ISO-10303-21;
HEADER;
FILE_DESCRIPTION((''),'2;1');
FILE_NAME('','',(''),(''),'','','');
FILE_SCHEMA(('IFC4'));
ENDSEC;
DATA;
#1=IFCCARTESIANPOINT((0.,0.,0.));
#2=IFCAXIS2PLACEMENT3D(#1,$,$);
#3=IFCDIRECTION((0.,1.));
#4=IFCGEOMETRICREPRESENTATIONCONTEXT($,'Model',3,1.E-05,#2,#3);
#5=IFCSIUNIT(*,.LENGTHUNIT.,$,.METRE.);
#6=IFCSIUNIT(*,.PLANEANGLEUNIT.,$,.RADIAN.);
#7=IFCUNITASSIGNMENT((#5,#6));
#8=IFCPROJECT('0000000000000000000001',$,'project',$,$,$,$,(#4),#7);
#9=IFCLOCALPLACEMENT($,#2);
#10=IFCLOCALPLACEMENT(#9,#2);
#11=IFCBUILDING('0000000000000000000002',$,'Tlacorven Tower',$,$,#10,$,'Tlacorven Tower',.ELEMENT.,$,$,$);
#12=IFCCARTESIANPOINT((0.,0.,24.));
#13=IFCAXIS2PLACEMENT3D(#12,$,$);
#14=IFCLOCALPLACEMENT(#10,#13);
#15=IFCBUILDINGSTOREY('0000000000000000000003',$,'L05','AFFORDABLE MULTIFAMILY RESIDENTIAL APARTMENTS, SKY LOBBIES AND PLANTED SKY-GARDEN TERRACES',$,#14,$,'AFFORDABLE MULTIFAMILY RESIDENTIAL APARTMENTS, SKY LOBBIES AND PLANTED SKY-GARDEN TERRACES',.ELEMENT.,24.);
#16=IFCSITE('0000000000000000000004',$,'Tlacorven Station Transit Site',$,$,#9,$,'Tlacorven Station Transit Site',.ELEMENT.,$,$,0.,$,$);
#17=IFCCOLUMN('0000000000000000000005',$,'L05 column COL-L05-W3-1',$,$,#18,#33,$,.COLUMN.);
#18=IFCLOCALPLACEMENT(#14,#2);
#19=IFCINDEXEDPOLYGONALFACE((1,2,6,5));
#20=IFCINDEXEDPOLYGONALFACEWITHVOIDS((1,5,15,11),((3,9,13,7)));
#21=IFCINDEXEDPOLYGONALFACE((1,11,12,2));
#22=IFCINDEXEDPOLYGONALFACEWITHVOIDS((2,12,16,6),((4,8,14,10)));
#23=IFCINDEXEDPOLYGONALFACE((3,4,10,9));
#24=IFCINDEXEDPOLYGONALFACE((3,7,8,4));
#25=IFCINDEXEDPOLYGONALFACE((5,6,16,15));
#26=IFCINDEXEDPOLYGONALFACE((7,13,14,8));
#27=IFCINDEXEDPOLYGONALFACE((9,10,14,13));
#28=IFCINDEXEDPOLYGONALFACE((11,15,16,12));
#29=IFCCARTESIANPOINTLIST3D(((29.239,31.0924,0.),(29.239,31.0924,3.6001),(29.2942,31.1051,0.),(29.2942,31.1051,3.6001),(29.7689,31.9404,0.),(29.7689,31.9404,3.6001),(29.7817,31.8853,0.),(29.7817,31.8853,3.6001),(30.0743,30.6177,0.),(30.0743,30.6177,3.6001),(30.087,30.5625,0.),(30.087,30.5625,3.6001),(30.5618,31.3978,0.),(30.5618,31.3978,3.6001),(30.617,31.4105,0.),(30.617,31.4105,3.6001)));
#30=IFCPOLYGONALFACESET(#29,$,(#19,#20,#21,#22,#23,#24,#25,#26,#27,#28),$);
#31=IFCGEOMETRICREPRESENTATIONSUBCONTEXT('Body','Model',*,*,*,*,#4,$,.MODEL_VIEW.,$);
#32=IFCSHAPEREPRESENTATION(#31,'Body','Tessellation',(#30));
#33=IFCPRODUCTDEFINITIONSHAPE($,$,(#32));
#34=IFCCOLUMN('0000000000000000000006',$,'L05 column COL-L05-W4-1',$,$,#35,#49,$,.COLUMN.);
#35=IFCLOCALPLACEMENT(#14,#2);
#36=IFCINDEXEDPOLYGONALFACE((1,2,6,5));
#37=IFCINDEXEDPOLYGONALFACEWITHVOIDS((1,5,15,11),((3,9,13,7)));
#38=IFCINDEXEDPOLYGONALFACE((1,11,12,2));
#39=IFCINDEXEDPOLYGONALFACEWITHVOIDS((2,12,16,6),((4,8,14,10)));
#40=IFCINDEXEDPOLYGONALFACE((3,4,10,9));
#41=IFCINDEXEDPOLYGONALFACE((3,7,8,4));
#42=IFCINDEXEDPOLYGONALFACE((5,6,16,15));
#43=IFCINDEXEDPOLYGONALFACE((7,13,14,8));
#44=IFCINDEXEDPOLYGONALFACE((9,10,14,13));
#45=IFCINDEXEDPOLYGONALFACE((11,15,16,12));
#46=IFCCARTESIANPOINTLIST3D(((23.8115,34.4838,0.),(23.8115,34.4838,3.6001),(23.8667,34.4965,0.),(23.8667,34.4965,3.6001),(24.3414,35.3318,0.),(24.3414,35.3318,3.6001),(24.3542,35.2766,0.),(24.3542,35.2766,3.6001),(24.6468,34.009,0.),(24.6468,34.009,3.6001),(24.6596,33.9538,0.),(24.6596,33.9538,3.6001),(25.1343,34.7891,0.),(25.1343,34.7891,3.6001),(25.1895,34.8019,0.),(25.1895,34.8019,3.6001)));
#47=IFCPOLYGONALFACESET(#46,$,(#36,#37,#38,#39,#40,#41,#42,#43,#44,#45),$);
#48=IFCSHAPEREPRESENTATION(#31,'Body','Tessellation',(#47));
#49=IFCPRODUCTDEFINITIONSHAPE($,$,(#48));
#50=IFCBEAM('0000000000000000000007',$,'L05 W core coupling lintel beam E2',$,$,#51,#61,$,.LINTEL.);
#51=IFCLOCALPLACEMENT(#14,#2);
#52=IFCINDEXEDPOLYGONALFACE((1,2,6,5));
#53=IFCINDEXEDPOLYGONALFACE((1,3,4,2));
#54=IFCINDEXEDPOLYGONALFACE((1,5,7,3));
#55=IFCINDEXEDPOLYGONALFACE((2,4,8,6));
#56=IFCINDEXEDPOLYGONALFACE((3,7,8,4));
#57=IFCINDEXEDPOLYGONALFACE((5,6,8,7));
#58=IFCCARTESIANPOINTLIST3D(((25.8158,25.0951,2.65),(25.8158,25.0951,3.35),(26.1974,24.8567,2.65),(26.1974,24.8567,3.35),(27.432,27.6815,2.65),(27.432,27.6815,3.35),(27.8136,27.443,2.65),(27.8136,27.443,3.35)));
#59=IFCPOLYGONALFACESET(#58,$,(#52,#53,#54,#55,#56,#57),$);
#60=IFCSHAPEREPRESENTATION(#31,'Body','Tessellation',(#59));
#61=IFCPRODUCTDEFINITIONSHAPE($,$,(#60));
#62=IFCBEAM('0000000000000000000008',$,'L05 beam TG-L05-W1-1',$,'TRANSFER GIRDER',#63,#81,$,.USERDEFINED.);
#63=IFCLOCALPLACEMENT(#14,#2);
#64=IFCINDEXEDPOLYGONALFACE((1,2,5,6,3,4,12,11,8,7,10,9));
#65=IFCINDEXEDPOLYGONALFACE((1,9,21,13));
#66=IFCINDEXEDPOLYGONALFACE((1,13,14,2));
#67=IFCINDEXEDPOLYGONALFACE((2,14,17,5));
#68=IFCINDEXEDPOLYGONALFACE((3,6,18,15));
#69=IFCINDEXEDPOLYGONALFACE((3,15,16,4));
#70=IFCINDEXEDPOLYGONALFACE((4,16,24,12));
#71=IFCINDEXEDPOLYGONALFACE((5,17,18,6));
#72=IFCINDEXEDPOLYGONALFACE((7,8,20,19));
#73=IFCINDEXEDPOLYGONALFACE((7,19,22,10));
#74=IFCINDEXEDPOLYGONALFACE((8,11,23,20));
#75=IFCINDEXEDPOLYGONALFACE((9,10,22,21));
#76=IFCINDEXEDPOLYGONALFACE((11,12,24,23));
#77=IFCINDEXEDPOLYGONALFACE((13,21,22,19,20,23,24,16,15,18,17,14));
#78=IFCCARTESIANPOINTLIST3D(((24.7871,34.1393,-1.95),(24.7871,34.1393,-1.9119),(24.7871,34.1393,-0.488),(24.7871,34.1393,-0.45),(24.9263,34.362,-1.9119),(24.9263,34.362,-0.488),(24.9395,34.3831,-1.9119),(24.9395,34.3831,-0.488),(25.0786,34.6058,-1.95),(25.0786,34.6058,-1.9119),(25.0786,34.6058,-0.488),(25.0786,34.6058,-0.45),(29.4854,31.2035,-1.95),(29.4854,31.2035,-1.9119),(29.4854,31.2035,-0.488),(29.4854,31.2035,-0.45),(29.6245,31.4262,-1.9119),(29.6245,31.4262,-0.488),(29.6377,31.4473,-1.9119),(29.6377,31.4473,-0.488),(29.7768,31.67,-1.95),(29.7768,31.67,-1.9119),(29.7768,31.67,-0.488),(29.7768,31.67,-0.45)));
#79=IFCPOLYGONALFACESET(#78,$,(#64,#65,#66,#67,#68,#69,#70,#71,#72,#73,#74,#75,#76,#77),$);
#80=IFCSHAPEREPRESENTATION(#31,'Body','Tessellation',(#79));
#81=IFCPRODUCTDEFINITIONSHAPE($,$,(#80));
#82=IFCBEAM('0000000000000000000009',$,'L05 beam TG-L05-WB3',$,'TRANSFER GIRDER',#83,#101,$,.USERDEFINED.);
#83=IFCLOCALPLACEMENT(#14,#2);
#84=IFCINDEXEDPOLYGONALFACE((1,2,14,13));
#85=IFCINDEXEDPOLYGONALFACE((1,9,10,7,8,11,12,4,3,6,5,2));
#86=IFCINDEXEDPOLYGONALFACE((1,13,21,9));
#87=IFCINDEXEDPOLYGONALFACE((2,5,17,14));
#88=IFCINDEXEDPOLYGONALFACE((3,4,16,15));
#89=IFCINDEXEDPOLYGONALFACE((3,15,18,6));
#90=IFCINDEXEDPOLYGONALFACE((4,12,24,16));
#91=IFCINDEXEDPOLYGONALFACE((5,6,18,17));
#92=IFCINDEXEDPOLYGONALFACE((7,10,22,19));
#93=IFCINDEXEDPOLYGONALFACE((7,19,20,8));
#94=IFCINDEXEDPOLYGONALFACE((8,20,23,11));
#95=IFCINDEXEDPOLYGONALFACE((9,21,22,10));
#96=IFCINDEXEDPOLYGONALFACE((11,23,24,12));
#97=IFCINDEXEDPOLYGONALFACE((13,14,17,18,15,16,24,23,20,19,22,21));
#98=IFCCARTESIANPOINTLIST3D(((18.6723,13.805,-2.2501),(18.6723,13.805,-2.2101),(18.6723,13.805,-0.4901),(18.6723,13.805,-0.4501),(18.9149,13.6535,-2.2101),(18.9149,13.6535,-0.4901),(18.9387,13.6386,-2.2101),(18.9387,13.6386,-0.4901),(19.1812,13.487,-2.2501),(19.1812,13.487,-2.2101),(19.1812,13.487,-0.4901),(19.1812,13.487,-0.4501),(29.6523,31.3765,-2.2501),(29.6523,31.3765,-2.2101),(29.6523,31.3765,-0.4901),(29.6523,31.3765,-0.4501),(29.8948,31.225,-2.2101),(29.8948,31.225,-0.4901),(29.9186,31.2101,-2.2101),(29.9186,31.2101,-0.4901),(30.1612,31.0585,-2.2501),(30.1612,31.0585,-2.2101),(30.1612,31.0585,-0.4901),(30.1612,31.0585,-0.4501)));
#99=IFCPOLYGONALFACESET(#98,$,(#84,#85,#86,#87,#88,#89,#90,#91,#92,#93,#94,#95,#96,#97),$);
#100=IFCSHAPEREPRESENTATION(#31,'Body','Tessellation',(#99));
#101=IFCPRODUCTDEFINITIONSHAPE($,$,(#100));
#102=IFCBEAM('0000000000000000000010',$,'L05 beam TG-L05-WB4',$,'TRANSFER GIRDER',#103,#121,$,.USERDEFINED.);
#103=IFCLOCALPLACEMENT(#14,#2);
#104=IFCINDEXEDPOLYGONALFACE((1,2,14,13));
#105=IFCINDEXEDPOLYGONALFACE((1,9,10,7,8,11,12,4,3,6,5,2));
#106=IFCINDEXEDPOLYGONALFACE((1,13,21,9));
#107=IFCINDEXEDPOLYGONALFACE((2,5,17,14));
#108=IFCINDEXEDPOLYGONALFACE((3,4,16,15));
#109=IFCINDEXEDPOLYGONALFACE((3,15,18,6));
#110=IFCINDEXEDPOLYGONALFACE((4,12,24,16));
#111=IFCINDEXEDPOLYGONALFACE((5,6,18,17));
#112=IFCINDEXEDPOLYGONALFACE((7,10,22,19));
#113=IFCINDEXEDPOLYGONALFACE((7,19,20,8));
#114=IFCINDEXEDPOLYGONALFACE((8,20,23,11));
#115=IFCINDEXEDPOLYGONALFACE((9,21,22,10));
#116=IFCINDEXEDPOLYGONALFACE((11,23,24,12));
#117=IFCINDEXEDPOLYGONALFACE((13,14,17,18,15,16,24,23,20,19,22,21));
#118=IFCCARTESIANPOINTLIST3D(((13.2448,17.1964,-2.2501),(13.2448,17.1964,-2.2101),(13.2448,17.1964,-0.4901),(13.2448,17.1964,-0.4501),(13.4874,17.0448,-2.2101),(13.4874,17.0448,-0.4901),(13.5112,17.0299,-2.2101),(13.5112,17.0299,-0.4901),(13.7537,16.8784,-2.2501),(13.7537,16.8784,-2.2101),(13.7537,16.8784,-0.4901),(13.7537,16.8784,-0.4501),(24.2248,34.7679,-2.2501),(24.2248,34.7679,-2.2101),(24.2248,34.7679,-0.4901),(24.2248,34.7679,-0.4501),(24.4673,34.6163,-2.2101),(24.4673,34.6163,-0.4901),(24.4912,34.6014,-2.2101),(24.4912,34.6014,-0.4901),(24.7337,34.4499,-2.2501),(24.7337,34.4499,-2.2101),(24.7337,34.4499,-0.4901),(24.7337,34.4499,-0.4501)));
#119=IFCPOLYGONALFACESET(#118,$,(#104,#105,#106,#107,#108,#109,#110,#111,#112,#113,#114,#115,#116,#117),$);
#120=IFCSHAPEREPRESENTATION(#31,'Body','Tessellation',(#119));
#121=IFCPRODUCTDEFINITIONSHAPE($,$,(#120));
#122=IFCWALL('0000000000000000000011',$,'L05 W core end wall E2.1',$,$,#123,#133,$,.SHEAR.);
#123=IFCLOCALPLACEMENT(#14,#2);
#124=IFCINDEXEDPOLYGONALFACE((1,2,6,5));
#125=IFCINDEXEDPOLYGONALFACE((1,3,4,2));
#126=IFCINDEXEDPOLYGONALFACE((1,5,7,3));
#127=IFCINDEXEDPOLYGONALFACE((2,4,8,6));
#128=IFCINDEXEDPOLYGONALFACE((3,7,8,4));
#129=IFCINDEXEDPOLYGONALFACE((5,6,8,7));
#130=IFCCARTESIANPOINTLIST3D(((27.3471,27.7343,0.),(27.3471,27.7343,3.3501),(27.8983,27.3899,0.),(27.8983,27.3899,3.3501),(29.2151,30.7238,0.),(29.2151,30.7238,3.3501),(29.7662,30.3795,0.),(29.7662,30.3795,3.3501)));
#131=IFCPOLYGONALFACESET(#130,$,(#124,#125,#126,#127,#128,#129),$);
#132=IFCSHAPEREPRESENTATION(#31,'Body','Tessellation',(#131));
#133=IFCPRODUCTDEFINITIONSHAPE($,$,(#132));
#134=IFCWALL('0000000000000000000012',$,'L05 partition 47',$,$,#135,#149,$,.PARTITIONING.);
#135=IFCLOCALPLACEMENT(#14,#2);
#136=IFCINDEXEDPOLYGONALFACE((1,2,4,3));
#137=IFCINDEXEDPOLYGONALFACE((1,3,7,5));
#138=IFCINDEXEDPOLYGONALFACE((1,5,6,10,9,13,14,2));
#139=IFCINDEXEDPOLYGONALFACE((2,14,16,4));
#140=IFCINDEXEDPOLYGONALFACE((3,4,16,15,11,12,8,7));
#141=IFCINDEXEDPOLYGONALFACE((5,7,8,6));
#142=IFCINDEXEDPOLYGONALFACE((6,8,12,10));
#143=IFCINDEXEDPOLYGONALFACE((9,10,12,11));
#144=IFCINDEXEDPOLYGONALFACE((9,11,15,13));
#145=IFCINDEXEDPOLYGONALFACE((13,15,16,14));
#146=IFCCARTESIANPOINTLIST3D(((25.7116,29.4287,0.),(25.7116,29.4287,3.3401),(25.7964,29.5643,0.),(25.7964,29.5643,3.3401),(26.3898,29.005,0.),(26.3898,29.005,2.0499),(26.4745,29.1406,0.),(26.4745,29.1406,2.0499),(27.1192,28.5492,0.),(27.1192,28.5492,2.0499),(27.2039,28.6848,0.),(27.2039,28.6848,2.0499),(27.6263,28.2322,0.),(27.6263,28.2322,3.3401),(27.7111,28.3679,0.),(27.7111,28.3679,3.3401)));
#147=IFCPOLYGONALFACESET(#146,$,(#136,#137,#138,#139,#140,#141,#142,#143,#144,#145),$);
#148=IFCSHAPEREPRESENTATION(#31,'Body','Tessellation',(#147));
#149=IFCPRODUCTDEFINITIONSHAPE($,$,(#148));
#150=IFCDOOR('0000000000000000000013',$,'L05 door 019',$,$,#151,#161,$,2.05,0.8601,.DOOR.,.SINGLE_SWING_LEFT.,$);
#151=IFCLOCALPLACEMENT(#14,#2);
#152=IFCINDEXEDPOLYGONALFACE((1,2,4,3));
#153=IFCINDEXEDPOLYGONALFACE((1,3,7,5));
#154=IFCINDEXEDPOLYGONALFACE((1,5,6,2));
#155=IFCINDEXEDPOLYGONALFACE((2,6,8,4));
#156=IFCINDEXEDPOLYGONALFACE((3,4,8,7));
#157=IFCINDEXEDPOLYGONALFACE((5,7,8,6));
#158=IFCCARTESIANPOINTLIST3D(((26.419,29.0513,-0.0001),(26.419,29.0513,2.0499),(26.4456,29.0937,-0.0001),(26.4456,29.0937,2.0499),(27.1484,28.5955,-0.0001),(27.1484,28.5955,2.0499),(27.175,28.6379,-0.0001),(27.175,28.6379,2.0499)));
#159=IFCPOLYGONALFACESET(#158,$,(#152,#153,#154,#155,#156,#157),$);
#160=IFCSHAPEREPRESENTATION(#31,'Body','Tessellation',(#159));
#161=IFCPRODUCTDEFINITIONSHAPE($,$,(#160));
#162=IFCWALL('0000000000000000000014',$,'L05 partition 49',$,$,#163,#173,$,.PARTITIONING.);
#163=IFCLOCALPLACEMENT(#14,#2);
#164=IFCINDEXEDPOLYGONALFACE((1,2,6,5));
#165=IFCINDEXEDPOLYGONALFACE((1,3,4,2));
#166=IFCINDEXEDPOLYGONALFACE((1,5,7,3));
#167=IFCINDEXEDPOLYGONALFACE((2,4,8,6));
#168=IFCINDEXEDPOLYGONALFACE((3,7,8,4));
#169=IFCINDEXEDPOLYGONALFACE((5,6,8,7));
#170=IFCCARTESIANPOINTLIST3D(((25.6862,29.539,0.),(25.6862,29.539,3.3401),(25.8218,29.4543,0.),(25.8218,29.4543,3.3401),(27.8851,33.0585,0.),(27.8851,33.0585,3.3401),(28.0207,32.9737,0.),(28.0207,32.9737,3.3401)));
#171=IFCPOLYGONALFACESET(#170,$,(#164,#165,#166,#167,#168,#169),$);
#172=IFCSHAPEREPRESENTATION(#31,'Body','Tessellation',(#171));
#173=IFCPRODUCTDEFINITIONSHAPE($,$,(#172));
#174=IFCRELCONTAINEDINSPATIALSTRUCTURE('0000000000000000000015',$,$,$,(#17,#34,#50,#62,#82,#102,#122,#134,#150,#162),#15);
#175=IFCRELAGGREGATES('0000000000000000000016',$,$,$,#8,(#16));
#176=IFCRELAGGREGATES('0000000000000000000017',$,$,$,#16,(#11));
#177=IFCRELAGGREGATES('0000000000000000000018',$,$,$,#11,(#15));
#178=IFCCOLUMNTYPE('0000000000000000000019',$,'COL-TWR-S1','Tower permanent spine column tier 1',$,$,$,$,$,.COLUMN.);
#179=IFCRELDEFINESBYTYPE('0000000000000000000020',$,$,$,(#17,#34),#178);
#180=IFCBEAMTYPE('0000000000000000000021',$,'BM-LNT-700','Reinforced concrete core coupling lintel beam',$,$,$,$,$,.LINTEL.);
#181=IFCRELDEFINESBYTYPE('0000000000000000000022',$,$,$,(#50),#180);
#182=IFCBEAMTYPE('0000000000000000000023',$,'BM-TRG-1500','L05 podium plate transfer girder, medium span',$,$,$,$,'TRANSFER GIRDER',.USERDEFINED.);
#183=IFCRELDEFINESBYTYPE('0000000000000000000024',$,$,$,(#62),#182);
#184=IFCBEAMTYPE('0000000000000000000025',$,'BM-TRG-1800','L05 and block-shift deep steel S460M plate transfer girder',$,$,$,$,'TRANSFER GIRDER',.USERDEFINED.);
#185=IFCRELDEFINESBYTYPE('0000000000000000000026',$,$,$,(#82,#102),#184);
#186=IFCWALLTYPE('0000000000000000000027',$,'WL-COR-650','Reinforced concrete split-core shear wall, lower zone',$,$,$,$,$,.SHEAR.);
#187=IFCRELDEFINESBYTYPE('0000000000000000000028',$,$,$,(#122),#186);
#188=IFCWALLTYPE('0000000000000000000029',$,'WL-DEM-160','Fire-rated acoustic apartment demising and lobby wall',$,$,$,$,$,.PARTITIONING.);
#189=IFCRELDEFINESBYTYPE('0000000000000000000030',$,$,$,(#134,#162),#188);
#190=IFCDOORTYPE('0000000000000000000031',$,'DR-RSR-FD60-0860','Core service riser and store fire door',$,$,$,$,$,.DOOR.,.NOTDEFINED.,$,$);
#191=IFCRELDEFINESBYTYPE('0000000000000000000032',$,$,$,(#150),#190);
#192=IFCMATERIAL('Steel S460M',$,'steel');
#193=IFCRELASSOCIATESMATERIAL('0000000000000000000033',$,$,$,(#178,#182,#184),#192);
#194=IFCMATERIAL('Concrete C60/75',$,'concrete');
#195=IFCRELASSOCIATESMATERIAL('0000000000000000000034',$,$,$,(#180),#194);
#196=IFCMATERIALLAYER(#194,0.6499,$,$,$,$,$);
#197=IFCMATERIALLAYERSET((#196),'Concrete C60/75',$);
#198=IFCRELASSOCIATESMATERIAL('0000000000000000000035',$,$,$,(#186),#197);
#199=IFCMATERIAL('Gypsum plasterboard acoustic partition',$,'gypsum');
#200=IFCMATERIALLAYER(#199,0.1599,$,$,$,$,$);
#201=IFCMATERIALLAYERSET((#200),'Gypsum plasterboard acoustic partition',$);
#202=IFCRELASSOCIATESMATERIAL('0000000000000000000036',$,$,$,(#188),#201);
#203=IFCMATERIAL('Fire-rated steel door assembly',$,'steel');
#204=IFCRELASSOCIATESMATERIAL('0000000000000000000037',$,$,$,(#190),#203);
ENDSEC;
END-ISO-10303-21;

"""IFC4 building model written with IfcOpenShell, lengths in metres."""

from ifc_helpers import new_model, si_unit, direction, frame, frame_2d, origin, origin_2d, place, context, subcontext, project, spatial, rectangle, hollow_rectangle, i_section, extrude, source, transform, mapped, material, layer, layer_set, material_profile, profile_set, type_object, element, fill, save


model = new_model("IFC4")

# Units and contexts
model_context = context("Model", 3, precision=1e-05, world=origin(), true_north=direction((0.0, 1.0)))
body_context = subcontext(model_context, "Body", "Model", "MODEL_VIEW")
ifc_project = project(units=[si_unit("LENGTHUNIT", "METRE"), si_unit("PLANEANGLEUNIT", "RADIAN")], contexts=[model_context])

# Site, building, storey
site_placement = place(None, origin())
site = spatial("IfcSite", under=ifc_project, at=site_placement, Name="Tlacorven Station Transit Site", LongName="Tlacorven Station Transit Site", CompositionType="ELEMENT", RefElevation=0.0)
building_placement = place(site_placement, origin())
building = spatial("IfcBuilding", under=site, at=building_placement, Name="Tlacorven Tower", LongName="Tlacorven Tower", CompositionType="ELEMENT")
storey_placement = place(building_placement, frame((0.0, 0.0, 24.0)))
storey = spatial("IfcBuildingStorey", under=building, at=storey_placement, Name="L05", Description="AFFORDABLE MULTIFAMILY RESIDENTIAL APARTMENTS, SKY LOBBIES AND PLANTED SKY-GARDEN TERRACES", LongName="AFFORDABLE MULTIFAMILY RESIDENTIAL APARTMENTS, SKY LOBBIES AND PLANTED SKY-GARDEN TERRACES", CompositionType="ELEMENT", Elevation=24.0)

# Columns
ifc_material_1 = material(Name="Steel S460M", Category="steel")
ifc_material_profile_1 = material_profile(ifc_material_1, hollow_rectangle(XDim=1.0, YDim=1.0, WallThickness=0.04, at=origin_2d()), Name="BOX 1000X1000X40")
ifc_profile_set_1 = profile_set([ifc_material_profile_1], Name="Steel S460M")
column_type = type_object("IfcColumnType", Name="COL-TWR-S1", Description="Tower permanent spine column tier 1", PredefinedType="COLUMN", material=ifc_profile_set_1)
shared_shape_1 = source(origin(), body_context, "Body", "SweptSolid", [
    extrude(hollow_rectangle(XDim=1.0, YDim=1.0, WallThickness=0.04, at=origin_2d()), origin(), (0.0, 0.0, 1.0), 3.6001),
])
for number, where, z_axis, x_axis, name in (
    (1, (29.928, 31.2515, 0.0), (0.0, 0.0, 1.0), (-0.848048, 0.529919, 0.0), "L05 column COL-L05-W3-1"),
    (2, (24.5005, 34.6428, 0.0), (0.0, 0.0, 1.0), (-0.848048, 0.529919, 0.0), "L05 column COL-L05-W4-1"),
):
    element("IfcColumn", number, at=place(storey_placement, frame(where, z_axis=z_axis, x_axis=x_axis)), inside=storey, type_object=column_type, Name=name, PredefinedType="COLUMN", context=body_context, shape_type="MappedRepresentation", body=[
        mapped(shared_shape_1, transform((0.0, 0.0, 0.0), scale=1.0)),
    ])

# Beams
ifc_material_2 = material(Name="Concrete C60/75", Category="concrete")
ifc_material_profile_2 = material_profile(ifc_material_2, rectangle(XDim=0.45, YDim=0.7, at=origin_2d()), Name="RC 450X700")
ifc_profile_set_2 = profile_set([ifc_material_profile_2], Name="Concrete C60/75")
beam_type_1 = type_object("IfcBeamType", Name="BM-LNT-700", Description="Reinforced concrete core coupling lintel beam", PredefinedType="LINTEL", material=ifc_profile_set_2)
shared_shape_2 = source(origin(), body_context, "Body", "SweptSolid", [
    extrude(rectangle(XDim=0.45, YDim=0.7, at=origin_2d()), origin(), (0.0, 0.0, 1.0), 3.0498),
])
beam_1_placement = place(storey_placement, frame((27.6228, 27.5623, 3.0), z_axis=(-0.529927, -0.848043, 0.0), x_axis=(0.848043, -0.529927, 0.0)))
element("IfcBeam", 3, at=beam_1_placement, inside=storey, type_object=beam_type_1, Name="L05 W core coupling lintel beam E2", PredefinedType="LINTEL", context=body_context, shape_type="MappedRepresentation", body=[
    mapped(shared_shape_2, transform((0.0, 0.0, 0.0), scale=1.0)),
])
ifc_material_profile_3 = material_profile(ifc_material_1, i_section(OverallWidth=0.55, OverallDepth=1.5, WebThickness=0.0249, FlangeThickness=0.0381, at=origin_2d()), Name="PG 1500X550X25X38")
ifc_profile_set_3 = profile_set([ifc_material_profile_3], Name="Steel S460M")
beam_type_2 = type_object("IfcBeamType", Name="BM-TRG-1500", Description="L05 podium plate transfer girder, medium span", ElementType="TRANSFER GIRDER", PredefinedType="USERDEFINED", material=ifc_profile_set_3)
shared_shape_3 = source(origin(), body_context, "Body", "SweptSolid", [
    extrude(i_section(OverallWidth=0.55, OverallDepth=1.5, WebThickness=0.0249, FlangeThickness=0.0381, at=origin_2d()), origin(), (0.0, 0.0, 1.0), 5.54),
])
beam_2_placement = place(storey_placement, frame((29.6311, 31.4368, -1.2), z_axis=(-0.848048, 0.52992, 0.0), x_axis=(-0.52992, -0.848048, 0.0)))
element("IfcBeam", 4, at=beam_2_placement, inside=storey, type_object=beam_type_2, Name="L05 beam TG-L05-W1-1", ObjectType="TRANSFER GIRDER", PredefinedType="USERDEFINED", context=body_context, shape_type="MappedRepresentation", body=[
    mapped(shared_shape_3, transform((0.0, 0.0, 0.0), scale=1.0)),
])
ifc_material_profile_4 = material_profile(ifc_material_1, i_section(OverallWidth=0.6001, OverallDepth=1.8, WebThickness=0.0281, FlangeThickness=0.04, at=origin_2d()), Name="PG 1800X600X28X40")
ifc_profile_set_4 = profile_set([ifc_material_profile_4], Name="Steel S460M")
beam_type_3 = type_object("IfcBeamType", Name="BM-TRG-1800", Description="L05 and block-shift deep steel S460M plate transfer girder", ElementType="TRANSFER GIRDER", PredefinedType="USERDEFINED", material=ifc_profile_set_4)
shared_shape_4 = source(origin(), body_context, "Body", "SweptSolid", [
    extrude(i_section(OverallWidth=0.6001, OverallDepth=1.8, WebThickness=0.0281, FlangeThickness=0.04, at=origin_2d()), origin(), (0.0, 0.0, 1.0), 20.72),
])
for number, where, z_axis, x_axis, name in (
    (5, (29.9067, 31.2175, -1.3501), (-0.529922, -0.848047, 0.0), (0.848047, -0.529922, 0.0), "L05 beam TG-L05-WB3"),
    (6, (24.4792, 34.6089, -1.3501), (-0.529922, -0.848047, 0.0), (0.848047, -0.529922, 0.0), "L05 beam TG-L05-WB4"),
):
    element("IfcBeam", number, at=place(storey_placement, frame(where, z_axis=z_axis, x_axis=x_axis)), inside=storey, type_object=beam_type_3, Name=name, ObjectType="TRANSFER GIRDER", PredefinedType="USERDEFINED", context=body_context, shape_type="MappedRepresentation", body=[
        mapped(shared_shape_4, transform((0.0, 0.0, 0.0), scale=1.0)),
    ])

# Wall
ifc_layer_1 = layer(ifc_material_2, 0.6499)
ifc_layer_set_1 = layer_set([ifc_layer_1], Name="Concrete C60/75")
wall_type_1 = type_object("IfcWallType", Name="WL-COR-650", Description="Reinforced concrete split-core shear wall, lower zone", PredefinedType="SHEAR", material=ifc_layer_set_1)
wall_1_placement = place(storey_placement, frame((29.4907, 30.5518, 0.0), z_axis=(0.0, 0.0, 1.0), x_axis=(-0.529893, -0.848064, 0.0)))
element("IfcWall", 7, at=wall_1_placement, inside=storey, type_object=wall_type_1, Name="L05 W core end wall E2.1", PredefinedType="SHEAR", context=body_context, shape_type="SweptSolid", body=[
    extrude(rectangle(XDim=3.5251, YDim=0.6499, at=frame_2d((1.7627, 0.0))), origin(), (0.0, 0.0, 1.0), 3.3501),
])

# Wall, opening, door
ifc_material_3 = material(Name="Gypsum plasterboard acoustic partition", Category="gypsum")
ifc_layer_2 = layer(ifc_material_3, 0.1599)
ifc_layer_set_2 = layer_set([ifc_layer_2], Name="Gypsum plasterboard acoustic partition")
wall_type_2 = type_object("IfcWallType", Name="WL-DEM-160", Description="Fire-rated acoustic apartment demising and lobby wall", PredefinedType="PARTITIONING", material=ifc_layer_set_2)
wall_2_placement = place(storey_placement, frame((27.6687, 28.3, 0.0), z_axis=(0.0, 0.0, 1.0), x_axis=(-0.848041, 0.529931, 0.0)))
wall_2 = element("IfcWall", 8, at=wall_2_placement, inside=storey, type_object=wall_type_2, Name="L05 partition 47", PredefinedType="PARTITIONING", context=body_context, shape_type="SweptSolid", body=[
    extrude(rectangle(XDim=2.2578, YDim=0.1599, at=frame_2d((1.1289, 0.0))), origin(), (0.0, 0.0, 1.0), 3.3401),
])
opening_1_placement = place(wall_2_placement, frame((0.5979, 0.0, 0.0)))
opening_1 = element("IfcOpeningElement", 9, at=opening_1_placement, cuts=wall_2, PredefinedType="OPENING", context=body_context, shape_type="SweptSolid", body=[
    extrude(rectangle(XDim=0.8601, YDim=2.05, at=frame_2d((0.4302, 1.0249))), frame((0.0, 0.0898, 0.0), z_axis=(0.0, -1.0, 0.0), x_axis=(1.0, 0.0, 0.0)), (0.0, 0.0, 1.0), 0.1799),
])
ifc_material_4 = material(Name="Fire-rated steel door assembly", Category="steel")
door_type_1 = type_object("IfcDoorType", Name="DR-RSR-FD60-0860", Description="Core service riser and store fire door", OperationType="NOTDEFINED", PredefinedType="DOOR", material=ifc_material_4)
shared_shape_5 = source(origin(), body_context, "Body", "SweptSolid", [
    extrude(rectangle(XDim=0.8601, YDim=2.05, at=frame_2d((0.4302, 1.0249))), frame((0.0, 0.0249, 0.0), z_axis=(0.0, -1.0, 0.0), x_axis=(1.0, 0.0, 0.0)), (0.0, 0.0, 1.0), 0.05),
])
door_1_placement = place(opening_1_placement, frame((0.8601, 0.0, 0.0), z_axis=(0.0, 0.0, 1.0), x_axis=(-1.0, 0.0, 0.0)))
door_1 = element("IfcDoor", 10, at=door_1_placement, inside=storey, type_object=door_type_1, Name="L05 door 019", OperationType="SINGLE_SWING_LEFT", OverallHeight=2.05, OverallWidth=0.8601, PredefinedType="DOOR", context=body_context, shape_type="MappedRepresentation", body=[
    mapped(shared_shape_5, transform((0.0, 0.0, 0.0), scale=1.0)),
])
fill(opening_1, door_1)

# Wall
wall_3_placement = place(storey_placement, frame((27.9529, 33.0161, 0.0), z_axis=(0.0, 0.0, 1.0), x_axis=(-0.529872, -0.848078, 0.0)))
element("IfcWall", 11, at=wall_3_placement, inside=storey, type_object=wall_type_2, Name="L05 partition 49", PredefinedType="PARTITIONING", context=body_context, shape_type="SweptSolid", body=[
    extrude(rectangle(XDim=4.1499, YDim=0.1599, at=frame_2d((2.075, 0.0))), origin(), (0.0, 0.0, 1.0), 3.3401),
])

save(model, "model.ifc")
